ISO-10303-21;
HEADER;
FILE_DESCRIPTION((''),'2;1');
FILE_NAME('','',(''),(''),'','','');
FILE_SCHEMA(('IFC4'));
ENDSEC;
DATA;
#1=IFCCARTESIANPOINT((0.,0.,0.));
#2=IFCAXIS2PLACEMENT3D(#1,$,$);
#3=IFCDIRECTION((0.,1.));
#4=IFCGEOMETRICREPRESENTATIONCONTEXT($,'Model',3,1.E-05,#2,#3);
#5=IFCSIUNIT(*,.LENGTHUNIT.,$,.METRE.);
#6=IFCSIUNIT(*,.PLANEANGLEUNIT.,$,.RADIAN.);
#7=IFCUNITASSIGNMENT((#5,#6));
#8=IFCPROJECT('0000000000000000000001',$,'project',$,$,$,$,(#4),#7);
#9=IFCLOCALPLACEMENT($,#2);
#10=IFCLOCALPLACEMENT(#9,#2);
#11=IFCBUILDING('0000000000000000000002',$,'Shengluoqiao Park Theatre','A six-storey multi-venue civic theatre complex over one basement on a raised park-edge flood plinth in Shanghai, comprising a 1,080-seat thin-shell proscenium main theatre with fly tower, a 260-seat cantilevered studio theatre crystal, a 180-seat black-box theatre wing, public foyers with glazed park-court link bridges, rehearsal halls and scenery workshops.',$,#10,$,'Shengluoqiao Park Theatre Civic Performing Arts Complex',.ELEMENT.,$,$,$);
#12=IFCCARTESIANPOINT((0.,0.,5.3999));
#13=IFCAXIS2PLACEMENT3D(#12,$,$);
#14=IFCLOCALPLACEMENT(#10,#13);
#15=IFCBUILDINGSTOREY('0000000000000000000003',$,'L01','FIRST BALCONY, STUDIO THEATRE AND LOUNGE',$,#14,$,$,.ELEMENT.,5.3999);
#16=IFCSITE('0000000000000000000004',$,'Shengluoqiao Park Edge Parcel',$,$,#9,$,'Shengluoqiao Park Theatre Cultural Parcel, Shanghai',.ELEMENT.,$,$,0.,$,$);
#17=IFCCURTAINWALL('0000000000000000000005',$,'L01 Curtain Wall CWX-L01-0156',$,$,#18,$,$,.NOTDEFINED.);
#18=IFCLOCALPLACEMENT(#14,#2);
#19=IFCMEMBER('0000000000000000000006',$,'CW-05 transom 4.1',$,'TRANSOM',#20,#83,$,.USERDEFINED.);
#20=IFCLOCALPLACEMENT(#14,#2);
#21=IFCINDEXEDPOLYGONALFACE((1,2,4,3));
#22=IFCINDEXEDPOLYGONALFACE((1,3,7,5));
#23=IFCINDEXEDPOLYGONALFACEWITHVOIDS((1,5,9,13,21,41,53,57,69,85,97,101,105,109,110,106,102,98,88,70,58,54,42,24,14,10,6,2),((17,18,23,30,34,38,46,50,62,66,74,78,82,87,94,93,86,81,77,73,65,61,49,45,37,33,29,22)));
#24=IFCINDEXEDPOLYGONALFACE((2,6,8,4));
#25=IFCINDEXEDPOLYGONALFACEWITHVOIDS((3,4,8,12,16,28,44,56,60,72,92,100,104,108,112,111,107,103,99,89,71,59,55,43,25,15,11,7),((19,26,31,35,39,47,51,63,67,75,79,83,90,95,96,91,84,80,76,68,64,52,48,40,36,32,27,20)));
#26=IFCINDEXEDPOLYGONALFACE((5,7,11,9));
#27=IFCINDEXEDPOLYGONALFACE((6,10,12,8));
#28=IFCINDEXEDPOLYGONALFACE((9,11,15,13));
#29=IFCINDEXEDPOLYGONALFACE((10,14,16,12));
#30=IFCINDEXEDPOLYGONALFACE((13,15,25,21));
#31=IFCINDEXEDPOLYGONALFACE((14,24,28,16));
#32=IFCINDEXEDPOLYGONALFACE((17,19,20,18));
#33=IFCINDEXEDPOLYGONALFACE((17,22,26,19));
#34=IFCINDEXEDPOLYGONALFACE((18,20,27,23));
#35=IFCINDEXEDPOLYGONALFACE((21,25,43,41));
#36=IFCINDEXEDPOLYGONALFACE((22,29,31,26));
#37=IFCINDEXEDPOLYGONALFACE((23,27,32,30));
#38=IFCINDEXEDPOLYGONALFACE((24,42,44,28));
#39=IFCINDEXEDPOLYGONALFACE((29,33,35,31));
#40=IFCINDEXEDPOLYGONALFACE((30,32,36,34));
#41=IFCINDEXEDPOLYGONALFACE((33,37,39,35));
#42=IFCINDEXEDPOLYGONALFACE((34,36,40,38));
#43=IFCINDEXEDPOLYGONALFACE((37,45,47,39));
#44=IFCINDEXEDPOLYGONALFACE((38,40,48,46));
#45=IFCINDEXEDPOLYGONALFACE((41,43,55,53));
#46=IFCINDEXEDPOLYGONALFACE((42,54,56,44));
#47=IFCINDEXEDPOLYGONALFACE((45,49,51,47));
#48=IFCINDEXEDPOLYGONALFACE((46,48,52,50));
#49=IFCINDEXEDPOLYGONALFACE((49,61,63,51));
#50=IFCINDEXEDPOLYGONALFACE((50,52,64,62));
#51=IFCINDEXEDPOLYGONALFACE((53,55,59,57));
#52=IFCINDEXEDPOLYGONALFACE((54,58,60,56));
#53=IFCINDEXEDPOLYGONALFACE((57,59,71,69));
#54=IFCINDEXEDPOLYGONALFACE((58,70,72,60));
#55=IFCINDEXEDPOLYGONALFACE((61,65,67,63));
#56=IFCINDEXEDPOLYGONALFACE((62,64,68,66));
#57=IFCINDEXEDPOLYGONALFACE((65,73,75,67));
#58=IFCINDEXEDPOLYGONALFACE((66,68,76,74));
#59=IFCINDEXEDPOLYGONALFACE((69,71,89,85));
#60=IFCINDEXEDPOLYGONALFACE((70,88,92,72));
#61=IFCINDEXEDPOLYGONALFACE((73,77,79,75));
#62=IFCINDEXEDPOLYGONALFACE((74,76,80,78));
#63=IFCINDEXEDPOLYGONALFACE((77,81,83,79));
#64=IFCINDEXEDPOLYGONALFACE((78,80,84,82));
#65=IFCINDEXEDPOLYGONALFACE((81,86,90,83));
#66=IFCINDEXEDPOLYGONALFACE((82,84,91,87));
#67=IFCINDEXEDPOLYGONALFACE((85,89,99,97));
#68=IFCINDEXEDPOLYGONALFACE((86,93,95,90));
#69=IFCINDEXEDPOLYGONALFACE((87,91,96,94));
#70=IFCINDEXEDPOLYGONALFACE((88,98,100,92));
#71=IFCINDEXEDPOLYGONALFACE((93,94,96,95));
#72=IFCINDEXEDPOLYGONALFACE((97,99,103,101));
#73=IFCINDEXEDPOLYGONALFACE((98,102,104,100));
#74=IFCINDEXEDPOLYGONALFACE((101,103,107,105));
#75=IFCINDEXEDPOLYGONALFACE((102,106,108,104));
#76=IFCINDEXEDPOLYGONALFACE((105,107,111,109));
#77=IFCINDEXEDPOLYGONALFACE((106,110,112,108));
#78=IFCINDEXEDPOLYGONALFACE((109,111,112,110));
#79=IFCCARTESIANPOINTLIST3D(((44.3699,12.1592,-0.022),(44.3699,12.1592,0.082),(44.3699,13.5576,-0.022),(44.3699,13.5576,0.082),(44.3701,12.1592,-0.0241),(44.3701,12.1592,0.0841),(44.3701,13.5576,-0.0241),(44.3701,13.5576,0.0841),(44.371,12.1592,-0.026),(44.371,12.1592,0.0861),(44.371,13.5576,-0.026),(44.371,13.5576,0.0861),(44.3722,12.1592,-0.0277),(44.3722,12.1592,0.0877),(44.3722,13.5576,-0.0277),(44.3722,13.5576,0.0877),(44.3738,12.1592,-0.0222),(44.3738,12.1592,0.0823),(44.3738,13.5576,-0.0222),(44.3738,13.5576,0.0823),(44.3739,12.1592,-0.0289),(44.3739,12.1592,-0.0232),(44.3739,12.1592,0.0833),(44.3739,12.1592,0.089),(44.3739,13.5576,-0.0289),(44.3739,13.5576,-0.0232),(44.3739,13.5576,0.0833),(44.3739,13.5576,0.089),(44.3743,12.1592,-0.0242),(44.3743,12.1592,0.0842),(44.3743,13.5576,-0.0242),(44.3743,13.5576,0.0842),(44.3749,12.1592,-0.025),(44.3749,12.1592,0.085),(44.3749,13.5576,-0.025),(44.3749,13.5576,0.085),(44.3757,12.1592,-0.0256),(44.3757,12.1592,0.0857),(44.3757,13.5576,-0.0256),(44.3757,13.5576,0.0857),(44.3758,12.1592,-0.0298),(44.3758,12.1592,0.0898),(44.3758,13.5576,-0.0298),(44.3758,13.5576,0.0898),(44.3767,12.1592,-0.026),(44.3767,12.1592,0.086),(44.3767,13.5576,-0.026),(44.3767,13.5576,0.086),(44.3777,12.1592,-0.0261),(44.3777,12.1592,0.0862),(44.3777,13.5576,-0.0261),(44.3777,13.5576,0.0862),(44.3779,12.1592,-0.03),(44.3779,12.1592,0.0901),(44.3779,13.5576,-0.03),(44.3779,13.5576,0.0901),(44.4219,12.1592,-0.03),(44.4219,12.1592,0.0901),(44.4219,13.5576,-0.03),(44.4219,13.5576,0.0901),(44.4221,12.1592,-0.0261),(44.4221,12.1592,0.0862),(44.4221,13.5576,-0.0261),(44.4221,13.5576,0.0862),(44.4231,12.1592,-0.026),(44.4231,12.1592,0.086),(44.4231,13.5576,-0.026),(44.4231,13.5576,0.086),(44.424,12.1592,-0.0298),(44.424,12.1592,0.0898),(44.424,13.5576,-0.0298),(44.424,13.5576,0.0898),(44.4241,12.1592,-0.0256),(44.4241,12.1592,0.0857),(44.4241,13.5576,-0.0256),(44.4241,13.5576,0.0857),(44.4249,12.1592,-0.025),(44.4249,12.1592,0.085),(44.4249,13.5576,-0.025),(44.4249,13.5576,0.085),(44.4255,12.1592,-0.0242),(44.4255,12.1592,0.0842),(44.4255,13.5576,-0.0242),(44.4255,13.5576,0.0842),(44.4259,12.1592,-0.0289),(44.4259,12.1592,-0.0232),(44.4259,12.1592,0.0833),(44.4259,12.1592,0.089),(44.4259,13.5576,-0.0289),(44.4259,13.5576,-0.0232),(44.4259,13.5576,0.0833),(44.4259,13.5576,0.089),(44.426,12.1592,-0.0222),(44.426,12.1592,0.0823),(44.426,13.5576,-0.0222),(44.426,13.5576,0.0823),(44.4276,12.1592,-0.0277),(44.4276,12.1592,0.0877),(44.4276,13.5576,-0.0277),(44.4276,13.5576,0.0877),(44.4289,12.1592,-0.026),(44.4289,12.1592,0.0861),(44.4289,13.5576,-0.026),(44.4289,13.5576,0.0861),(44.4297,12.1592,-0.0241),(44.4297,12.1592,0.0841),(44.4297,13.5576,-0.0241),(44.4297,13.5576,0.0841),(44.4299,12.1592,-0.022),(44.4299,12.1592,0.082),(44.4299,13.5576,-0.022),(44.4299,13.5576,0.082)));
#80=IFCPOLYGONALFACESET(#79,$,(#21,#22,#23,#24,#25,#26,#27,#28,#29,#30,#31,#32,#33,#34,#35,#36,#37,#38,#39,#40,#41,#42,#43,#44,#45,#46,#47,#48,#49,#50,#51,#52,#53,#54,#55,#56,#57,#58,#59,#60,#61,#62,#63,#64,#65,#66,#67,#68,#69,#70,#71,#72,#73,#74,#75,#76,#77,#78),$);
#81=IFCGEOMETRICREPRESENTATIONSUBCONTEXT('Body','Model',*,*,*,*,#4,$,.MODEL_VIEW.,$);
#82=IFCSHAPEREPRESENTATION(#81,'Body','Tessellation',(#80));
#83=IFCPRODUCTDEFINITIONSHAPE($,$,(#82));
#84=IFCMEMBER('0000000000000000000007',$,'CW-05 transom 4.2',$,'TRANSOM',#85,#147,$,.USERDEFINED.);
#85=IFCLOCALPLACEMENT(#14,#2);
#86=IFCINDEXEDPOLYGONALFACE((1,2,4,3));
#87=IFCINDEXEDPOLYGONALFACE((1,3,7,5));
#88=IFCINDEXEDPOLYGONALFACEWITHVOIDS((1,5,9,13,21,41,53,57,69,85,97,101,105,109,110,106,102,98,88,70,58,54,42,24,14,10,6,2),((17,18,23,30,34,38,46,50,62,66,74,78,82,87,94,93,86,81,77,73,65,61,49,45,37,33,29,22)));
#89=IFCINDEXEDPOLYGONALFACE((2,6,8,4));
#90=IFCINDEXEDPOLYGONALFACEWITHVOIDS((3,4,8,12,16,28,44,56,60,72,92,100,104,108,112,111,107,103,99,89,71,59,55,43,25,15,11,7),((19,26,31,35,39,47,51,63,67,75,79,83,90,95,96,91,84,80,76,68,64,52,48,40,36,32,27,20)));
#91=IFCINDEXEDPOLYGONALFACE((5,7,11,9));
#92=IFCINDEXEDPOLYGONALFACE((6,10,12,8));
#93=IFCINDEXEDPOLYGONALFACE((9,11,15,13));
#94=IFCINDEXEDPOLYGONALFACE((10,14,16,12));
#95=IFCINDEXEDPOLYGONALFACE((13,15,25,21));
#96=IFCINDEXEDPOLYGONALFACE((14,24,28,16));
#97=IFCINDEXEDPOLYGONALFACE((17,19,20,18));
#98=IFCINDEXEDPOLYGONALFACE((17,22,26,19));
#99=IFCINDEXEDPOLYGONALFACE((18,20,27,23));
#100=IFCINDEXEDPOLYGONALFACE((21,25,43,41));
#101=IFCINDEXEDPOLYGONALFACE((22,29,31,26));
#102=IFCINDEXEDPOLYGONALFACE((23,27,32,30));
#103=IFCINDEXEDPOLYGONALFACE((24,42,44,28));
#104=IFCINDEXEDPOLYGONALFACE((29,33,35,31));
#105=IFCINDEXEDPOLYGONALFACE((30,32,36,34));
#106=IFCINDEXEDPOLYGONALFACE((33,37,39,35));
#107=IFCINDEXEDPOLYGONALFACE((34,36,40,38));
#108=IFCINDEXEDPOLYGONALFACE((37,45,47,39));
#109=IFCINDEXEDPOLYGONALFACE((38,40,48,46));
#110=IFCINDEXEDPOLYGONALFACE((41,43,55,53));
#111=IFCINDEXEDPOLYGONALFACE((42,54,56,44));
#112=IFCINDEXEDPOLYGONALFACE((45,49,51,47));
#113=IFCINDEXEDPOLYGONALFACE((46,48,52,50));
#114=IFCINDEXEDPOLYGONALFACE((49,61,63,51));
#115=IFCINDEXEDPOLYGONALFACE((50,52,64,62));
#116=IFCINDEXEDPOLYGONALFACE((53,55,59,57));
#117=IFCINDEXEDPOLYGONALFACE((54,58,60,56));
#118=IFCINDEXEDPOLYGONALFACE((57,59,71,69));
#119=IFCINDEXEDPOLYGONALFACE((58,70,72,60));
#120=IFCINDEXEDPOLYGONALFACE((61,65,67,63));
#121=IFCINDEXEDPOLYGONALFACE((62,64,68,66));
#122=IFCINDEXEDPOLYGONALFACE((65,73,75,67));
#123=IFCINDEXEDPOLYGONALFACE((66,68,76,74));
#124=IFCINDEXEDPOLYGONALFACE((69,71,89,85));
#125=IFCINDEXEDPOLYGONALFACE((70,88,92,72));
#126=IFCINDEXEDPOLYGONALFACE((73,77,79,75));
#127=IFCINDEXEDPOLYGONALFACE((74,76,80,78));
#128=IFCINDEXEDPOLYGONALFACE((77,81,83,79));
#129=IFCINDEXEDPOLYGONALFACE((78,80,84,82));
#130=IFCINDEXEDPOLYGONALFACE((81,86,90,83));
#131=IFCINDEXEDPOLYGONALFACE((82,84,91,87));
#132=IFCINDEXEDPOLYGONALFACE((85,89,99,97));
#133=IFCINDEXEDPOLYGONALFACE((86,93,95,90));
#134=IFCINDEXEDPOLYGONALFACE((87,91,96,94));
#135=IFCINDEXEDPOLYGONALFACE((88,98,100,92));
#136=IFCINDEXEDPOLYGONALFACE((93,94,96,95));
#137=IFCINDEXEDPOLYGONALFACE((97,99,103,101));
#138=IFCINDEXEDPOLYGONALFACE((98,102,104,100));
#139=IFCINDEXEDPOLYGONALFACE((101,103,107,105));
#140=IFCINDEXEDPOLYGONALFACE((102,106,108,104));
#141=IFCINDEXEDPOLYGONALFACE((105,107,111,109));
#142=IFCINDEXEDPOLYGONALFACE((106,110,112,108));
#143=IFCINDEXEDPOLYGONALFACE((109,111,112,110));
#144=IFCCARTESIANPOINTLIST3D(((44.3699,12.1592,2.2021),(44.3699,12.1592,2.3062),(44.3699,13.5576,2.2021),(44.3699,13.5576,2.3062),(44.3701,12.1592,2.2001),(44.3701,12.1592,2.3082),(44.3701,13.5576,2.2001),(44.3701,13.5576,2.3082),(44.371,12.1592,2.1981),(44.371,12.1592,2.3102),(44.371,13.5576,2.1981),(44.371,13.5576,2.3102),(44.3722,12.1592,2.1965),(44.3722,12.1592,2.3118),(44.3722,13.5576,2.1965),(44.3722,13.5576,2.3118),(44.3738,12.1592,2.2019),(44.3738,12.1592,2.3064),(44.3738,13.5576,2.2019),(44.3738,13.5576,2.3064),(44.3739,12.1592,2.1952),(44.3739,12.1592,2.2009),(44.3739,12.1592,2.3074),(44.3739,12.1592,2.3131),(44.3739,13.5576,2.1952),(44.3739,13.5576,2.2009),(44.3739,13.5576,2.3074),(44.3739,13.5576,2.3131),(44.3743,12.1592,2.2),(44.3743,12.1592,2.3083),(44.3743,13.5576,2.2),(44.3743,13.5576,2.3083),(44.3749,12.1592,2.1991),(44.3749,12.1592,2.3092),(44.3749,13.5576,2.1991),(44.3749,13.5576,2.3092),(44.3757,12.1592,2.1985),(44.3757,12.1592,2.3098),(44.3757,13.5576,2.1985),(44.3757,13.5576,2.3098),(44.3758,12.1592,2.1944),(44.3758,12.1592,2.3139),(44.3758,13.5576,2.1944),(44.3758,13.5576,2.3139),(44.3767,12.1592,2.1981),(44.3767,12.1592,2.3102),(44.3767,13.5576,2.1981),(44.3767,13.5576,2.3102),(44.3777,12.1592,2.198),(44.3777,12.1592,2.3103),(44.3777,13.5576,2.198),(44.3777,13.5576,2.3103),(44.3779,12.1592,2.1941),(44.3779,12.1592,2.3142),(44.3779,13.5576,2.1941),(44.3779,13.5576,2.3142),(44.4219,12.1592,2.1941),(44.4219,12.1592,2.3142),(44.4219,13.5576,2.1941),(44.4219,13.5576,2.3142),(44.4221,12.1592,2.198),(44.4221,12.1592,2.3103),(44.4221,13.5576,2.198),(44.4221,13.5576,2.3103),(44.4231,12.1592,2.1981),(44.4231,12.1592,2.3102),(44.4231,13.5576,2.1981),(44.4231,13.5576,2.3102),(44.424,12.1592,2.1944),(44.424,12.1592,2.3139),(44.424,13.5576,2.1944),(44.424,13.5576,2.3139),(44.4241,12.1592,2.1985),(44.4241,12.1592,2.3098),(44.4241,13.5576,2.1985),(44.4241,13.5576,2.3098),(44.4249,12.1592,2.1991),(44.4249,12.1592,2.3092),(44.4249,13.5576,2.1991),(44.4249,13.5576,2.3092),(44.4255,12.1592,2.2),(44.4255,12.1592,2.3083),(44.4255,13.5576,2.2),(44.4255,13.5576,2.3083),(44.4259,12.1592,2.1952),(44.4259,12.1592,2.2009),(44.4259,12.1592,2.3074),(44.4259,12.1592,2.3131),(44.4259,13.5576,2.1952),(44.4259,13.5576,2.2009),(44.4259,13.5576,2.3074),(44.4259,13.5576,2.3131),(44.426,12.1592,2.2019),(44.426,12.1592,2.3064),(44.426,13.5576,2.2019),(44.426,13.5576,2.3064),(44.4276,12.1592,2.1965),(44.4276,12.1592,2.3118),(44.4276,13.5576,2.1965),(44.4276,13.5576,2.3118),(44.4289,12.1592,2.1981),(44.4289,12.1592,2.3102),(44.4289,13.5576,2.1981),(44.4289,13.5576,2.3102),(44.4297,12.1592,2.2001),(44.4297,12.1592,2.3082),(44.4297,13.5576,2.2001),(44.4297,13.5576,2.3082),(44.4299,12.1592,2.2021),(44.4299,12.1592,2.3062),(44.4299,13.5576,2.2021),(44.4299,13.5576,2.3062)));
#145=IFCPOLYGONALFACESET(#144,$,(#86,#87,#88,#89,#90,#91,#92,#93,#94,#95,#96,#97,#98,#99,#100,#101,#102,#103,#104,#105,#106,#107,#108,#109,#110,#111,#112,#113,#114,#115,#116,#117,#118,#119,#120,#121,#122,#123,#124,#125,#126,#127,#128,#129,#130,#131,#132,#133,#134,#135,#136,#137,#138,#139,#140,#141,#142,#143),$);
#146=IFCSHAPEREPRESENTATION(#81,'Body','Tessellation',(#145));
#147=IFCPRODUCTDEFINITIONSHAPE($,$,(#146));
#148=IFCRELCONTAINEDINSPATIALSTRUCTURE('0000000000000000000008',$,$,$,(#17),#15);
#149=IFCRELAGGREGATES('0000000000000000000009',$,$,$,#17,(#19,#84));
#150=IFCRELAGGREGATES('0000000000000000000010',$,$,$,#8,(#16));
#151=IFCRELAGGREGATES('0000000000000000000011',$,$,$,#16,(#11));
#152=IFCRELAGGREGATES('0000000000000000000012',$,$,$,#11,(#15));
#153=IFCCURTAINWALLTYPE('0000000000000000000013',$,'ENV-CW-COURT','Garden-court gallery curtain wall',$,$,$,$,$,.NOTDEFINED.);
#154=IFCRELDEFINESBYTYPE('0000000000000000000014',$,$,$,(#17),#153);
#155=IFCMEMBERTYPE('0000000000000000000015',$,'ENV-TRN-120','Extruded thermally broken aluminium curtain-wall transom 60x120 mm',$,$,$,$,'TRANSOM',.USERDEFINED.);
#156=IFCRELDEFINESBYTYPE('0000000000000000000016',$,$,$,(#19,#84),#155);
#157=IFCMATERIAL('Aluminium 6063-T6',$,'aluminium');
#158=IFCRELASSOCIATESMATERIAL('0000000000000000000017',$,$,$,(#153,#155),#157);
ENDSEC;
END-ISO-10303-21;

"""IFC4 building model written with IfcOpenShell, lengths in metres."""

from ifc_helpers import new_model, si_unit, direction, frame, origin, origin_2d, place, context, subcontext, project, spatial, hollow_rectangle, extrude, material, material_profile, profile_set, type_object, element, aggregate, save


model = new_model("IFC4")

# Units and contexts
model_context = context("Model", 3, precision=1e-05, world=origin(), true_north=direction((0.0, 1.0)))
body_context = subcontext(model_context, "Body", "Model", "MODEL_VIEW")
ifc_project = project(units=[si_unit("LENGTHUNIT", "METRE"), si_unit("PLANEANGLEUNIT", "RADIAN")], contexts=[model_context])

# Site, building, storey
site_placement = place(None, origin())
site = spatial("IfcSite", under=ifc_project, at=site_placement, Name="Shengluoqiao Park Edge Parcel", LongName="Shengluoqiao Park Theatre Cultural Parcel, Shanghai", CompositionType="ELEMENT", RefElevation=0.0)
building_placement = place(site_placement, origin())
building = spatial("IfcBuilding", under=site, at=building_placement, Name="Shengluoqiao Park Theatre", Description="A six-storey multi-venue civic theatre complex over one basement on a raised park-edge flood plinth in Shanghai, comprising a 1,080-seat thin-shell proscenium main theatre with fly tower, a 260-seat cantilevered studio theatre crystal, a 180-seat black-box theatre wing, public foyers with glazed park-court link bridges, rehearsal halls and scenery workshops.", LongName="Shengluoqiao Park Theatre Civic Performing Arts Complex", CompositionType="ELEMENT")
storey_placement = place(building_placement, frame((0.0, 0.0, 5.3999)))
storey = spatial("IfcBuildingStorey", under=building, at=storey_placement, Name="L01", Description="FIRST BALCONY, STUDIO THEATRE AND LOUNGE", CompositionType="ELEMENT", Elevation=5.3999)

# Curtain wall, members
ifc_material_1 = material(Name="Aluminium 6063-T6", Category="aluminium")
curtain_wall_type = type_object("IfcCurtainWallType", Name="ENV-CW-COURT", Description="Garden-court gallery curtain wall", PredefinedType="NOTDEFINED", material=ifc_material_1)
curtain_wall_placement = place(storey_placement, origin())
curtain_wall = element("IfcCurtainWall", 1, at=curtain_wall_placement, inside=storey, type_object=curtain_wall_type, Name="L01 Curtain Wall CWX-L01-0156", PredefinedType="NOTDEFINED")
ifc_material_profile_1 = material_profile(ifc_material_1, hollow_rectangle(XDim=0.0601, YDim=0.1201, WallThickness=0.0039, InnerFilletRadius=0.0039, OuterFilletRadius=0.0081, at=origin_2d()), Name="ALU TRANSOM 120x60x4")
ifc_profile_set_1 = profile_set([ifc_material_profile_1], Name="Aluminium 6063-T6")
member_type_1 = type_object("IfcMemberType", Name="ENV-TRN-120", Description="Extruded thermally broken aluminium curtain-wall transom 60x120 mm", ElementType="TRANSOM", PredefinedType="USERDEFINED", material=ifc_profile_set_1)
member_1_placement = place(storey_placement, frame((44.3999, 12.1592, 0.03), z_axis=(0.0, 1.0, 0.0), x_axis=(-1.0, 0.0, 0.0)))
member_1 = element("IfcMember", 2, at=member_1_placement, type_object=member_type_1, Name="CW-05 transom 4.1", ObjectType="TRANSOM", PredefinedType="USERDEFINED", context=body_context, shape_type="SweptSolid", body=[
    extrude(hollow_rectangle(XDim=0.0601, YDim=0.1201, WallThickness=0.0039, InnerFilletRadius=0.0039, OuterFilletRadius=0.0081, at=origin_2d()), origin(), (0.0, 0.0, 1.0), 1.3984),
])
member_2_placement = place(storey_placement, frame((44.3999, 12.1592, 2.2542), z_axis=(0.0, 1.0, 0.0), x_axis=(-1.0, 0.0, 0.0)))
member_2 = element("IfcMember", 3, at=member_2_placement, type_object=member_type_1, Name="CW-05 transom 4.2", ObjectType="TRANSOM", PredefinedType="USERDEFINED", context=body_context, shape_type="SweptSolid", body=[
    extrude(hollow_rectangle(XDim=0.0601, YDim=0.1201, WallThickness=0.0039, InnerFilletRadius=0.0039, OuterFilletRadius=0.0081, at=origin_2d()), origin(), (0.0, 0.0, 1.0), 1.3984),
])

aggregate(curtain_wall, [member_1, member_2])

save(model, "model.ifc")
